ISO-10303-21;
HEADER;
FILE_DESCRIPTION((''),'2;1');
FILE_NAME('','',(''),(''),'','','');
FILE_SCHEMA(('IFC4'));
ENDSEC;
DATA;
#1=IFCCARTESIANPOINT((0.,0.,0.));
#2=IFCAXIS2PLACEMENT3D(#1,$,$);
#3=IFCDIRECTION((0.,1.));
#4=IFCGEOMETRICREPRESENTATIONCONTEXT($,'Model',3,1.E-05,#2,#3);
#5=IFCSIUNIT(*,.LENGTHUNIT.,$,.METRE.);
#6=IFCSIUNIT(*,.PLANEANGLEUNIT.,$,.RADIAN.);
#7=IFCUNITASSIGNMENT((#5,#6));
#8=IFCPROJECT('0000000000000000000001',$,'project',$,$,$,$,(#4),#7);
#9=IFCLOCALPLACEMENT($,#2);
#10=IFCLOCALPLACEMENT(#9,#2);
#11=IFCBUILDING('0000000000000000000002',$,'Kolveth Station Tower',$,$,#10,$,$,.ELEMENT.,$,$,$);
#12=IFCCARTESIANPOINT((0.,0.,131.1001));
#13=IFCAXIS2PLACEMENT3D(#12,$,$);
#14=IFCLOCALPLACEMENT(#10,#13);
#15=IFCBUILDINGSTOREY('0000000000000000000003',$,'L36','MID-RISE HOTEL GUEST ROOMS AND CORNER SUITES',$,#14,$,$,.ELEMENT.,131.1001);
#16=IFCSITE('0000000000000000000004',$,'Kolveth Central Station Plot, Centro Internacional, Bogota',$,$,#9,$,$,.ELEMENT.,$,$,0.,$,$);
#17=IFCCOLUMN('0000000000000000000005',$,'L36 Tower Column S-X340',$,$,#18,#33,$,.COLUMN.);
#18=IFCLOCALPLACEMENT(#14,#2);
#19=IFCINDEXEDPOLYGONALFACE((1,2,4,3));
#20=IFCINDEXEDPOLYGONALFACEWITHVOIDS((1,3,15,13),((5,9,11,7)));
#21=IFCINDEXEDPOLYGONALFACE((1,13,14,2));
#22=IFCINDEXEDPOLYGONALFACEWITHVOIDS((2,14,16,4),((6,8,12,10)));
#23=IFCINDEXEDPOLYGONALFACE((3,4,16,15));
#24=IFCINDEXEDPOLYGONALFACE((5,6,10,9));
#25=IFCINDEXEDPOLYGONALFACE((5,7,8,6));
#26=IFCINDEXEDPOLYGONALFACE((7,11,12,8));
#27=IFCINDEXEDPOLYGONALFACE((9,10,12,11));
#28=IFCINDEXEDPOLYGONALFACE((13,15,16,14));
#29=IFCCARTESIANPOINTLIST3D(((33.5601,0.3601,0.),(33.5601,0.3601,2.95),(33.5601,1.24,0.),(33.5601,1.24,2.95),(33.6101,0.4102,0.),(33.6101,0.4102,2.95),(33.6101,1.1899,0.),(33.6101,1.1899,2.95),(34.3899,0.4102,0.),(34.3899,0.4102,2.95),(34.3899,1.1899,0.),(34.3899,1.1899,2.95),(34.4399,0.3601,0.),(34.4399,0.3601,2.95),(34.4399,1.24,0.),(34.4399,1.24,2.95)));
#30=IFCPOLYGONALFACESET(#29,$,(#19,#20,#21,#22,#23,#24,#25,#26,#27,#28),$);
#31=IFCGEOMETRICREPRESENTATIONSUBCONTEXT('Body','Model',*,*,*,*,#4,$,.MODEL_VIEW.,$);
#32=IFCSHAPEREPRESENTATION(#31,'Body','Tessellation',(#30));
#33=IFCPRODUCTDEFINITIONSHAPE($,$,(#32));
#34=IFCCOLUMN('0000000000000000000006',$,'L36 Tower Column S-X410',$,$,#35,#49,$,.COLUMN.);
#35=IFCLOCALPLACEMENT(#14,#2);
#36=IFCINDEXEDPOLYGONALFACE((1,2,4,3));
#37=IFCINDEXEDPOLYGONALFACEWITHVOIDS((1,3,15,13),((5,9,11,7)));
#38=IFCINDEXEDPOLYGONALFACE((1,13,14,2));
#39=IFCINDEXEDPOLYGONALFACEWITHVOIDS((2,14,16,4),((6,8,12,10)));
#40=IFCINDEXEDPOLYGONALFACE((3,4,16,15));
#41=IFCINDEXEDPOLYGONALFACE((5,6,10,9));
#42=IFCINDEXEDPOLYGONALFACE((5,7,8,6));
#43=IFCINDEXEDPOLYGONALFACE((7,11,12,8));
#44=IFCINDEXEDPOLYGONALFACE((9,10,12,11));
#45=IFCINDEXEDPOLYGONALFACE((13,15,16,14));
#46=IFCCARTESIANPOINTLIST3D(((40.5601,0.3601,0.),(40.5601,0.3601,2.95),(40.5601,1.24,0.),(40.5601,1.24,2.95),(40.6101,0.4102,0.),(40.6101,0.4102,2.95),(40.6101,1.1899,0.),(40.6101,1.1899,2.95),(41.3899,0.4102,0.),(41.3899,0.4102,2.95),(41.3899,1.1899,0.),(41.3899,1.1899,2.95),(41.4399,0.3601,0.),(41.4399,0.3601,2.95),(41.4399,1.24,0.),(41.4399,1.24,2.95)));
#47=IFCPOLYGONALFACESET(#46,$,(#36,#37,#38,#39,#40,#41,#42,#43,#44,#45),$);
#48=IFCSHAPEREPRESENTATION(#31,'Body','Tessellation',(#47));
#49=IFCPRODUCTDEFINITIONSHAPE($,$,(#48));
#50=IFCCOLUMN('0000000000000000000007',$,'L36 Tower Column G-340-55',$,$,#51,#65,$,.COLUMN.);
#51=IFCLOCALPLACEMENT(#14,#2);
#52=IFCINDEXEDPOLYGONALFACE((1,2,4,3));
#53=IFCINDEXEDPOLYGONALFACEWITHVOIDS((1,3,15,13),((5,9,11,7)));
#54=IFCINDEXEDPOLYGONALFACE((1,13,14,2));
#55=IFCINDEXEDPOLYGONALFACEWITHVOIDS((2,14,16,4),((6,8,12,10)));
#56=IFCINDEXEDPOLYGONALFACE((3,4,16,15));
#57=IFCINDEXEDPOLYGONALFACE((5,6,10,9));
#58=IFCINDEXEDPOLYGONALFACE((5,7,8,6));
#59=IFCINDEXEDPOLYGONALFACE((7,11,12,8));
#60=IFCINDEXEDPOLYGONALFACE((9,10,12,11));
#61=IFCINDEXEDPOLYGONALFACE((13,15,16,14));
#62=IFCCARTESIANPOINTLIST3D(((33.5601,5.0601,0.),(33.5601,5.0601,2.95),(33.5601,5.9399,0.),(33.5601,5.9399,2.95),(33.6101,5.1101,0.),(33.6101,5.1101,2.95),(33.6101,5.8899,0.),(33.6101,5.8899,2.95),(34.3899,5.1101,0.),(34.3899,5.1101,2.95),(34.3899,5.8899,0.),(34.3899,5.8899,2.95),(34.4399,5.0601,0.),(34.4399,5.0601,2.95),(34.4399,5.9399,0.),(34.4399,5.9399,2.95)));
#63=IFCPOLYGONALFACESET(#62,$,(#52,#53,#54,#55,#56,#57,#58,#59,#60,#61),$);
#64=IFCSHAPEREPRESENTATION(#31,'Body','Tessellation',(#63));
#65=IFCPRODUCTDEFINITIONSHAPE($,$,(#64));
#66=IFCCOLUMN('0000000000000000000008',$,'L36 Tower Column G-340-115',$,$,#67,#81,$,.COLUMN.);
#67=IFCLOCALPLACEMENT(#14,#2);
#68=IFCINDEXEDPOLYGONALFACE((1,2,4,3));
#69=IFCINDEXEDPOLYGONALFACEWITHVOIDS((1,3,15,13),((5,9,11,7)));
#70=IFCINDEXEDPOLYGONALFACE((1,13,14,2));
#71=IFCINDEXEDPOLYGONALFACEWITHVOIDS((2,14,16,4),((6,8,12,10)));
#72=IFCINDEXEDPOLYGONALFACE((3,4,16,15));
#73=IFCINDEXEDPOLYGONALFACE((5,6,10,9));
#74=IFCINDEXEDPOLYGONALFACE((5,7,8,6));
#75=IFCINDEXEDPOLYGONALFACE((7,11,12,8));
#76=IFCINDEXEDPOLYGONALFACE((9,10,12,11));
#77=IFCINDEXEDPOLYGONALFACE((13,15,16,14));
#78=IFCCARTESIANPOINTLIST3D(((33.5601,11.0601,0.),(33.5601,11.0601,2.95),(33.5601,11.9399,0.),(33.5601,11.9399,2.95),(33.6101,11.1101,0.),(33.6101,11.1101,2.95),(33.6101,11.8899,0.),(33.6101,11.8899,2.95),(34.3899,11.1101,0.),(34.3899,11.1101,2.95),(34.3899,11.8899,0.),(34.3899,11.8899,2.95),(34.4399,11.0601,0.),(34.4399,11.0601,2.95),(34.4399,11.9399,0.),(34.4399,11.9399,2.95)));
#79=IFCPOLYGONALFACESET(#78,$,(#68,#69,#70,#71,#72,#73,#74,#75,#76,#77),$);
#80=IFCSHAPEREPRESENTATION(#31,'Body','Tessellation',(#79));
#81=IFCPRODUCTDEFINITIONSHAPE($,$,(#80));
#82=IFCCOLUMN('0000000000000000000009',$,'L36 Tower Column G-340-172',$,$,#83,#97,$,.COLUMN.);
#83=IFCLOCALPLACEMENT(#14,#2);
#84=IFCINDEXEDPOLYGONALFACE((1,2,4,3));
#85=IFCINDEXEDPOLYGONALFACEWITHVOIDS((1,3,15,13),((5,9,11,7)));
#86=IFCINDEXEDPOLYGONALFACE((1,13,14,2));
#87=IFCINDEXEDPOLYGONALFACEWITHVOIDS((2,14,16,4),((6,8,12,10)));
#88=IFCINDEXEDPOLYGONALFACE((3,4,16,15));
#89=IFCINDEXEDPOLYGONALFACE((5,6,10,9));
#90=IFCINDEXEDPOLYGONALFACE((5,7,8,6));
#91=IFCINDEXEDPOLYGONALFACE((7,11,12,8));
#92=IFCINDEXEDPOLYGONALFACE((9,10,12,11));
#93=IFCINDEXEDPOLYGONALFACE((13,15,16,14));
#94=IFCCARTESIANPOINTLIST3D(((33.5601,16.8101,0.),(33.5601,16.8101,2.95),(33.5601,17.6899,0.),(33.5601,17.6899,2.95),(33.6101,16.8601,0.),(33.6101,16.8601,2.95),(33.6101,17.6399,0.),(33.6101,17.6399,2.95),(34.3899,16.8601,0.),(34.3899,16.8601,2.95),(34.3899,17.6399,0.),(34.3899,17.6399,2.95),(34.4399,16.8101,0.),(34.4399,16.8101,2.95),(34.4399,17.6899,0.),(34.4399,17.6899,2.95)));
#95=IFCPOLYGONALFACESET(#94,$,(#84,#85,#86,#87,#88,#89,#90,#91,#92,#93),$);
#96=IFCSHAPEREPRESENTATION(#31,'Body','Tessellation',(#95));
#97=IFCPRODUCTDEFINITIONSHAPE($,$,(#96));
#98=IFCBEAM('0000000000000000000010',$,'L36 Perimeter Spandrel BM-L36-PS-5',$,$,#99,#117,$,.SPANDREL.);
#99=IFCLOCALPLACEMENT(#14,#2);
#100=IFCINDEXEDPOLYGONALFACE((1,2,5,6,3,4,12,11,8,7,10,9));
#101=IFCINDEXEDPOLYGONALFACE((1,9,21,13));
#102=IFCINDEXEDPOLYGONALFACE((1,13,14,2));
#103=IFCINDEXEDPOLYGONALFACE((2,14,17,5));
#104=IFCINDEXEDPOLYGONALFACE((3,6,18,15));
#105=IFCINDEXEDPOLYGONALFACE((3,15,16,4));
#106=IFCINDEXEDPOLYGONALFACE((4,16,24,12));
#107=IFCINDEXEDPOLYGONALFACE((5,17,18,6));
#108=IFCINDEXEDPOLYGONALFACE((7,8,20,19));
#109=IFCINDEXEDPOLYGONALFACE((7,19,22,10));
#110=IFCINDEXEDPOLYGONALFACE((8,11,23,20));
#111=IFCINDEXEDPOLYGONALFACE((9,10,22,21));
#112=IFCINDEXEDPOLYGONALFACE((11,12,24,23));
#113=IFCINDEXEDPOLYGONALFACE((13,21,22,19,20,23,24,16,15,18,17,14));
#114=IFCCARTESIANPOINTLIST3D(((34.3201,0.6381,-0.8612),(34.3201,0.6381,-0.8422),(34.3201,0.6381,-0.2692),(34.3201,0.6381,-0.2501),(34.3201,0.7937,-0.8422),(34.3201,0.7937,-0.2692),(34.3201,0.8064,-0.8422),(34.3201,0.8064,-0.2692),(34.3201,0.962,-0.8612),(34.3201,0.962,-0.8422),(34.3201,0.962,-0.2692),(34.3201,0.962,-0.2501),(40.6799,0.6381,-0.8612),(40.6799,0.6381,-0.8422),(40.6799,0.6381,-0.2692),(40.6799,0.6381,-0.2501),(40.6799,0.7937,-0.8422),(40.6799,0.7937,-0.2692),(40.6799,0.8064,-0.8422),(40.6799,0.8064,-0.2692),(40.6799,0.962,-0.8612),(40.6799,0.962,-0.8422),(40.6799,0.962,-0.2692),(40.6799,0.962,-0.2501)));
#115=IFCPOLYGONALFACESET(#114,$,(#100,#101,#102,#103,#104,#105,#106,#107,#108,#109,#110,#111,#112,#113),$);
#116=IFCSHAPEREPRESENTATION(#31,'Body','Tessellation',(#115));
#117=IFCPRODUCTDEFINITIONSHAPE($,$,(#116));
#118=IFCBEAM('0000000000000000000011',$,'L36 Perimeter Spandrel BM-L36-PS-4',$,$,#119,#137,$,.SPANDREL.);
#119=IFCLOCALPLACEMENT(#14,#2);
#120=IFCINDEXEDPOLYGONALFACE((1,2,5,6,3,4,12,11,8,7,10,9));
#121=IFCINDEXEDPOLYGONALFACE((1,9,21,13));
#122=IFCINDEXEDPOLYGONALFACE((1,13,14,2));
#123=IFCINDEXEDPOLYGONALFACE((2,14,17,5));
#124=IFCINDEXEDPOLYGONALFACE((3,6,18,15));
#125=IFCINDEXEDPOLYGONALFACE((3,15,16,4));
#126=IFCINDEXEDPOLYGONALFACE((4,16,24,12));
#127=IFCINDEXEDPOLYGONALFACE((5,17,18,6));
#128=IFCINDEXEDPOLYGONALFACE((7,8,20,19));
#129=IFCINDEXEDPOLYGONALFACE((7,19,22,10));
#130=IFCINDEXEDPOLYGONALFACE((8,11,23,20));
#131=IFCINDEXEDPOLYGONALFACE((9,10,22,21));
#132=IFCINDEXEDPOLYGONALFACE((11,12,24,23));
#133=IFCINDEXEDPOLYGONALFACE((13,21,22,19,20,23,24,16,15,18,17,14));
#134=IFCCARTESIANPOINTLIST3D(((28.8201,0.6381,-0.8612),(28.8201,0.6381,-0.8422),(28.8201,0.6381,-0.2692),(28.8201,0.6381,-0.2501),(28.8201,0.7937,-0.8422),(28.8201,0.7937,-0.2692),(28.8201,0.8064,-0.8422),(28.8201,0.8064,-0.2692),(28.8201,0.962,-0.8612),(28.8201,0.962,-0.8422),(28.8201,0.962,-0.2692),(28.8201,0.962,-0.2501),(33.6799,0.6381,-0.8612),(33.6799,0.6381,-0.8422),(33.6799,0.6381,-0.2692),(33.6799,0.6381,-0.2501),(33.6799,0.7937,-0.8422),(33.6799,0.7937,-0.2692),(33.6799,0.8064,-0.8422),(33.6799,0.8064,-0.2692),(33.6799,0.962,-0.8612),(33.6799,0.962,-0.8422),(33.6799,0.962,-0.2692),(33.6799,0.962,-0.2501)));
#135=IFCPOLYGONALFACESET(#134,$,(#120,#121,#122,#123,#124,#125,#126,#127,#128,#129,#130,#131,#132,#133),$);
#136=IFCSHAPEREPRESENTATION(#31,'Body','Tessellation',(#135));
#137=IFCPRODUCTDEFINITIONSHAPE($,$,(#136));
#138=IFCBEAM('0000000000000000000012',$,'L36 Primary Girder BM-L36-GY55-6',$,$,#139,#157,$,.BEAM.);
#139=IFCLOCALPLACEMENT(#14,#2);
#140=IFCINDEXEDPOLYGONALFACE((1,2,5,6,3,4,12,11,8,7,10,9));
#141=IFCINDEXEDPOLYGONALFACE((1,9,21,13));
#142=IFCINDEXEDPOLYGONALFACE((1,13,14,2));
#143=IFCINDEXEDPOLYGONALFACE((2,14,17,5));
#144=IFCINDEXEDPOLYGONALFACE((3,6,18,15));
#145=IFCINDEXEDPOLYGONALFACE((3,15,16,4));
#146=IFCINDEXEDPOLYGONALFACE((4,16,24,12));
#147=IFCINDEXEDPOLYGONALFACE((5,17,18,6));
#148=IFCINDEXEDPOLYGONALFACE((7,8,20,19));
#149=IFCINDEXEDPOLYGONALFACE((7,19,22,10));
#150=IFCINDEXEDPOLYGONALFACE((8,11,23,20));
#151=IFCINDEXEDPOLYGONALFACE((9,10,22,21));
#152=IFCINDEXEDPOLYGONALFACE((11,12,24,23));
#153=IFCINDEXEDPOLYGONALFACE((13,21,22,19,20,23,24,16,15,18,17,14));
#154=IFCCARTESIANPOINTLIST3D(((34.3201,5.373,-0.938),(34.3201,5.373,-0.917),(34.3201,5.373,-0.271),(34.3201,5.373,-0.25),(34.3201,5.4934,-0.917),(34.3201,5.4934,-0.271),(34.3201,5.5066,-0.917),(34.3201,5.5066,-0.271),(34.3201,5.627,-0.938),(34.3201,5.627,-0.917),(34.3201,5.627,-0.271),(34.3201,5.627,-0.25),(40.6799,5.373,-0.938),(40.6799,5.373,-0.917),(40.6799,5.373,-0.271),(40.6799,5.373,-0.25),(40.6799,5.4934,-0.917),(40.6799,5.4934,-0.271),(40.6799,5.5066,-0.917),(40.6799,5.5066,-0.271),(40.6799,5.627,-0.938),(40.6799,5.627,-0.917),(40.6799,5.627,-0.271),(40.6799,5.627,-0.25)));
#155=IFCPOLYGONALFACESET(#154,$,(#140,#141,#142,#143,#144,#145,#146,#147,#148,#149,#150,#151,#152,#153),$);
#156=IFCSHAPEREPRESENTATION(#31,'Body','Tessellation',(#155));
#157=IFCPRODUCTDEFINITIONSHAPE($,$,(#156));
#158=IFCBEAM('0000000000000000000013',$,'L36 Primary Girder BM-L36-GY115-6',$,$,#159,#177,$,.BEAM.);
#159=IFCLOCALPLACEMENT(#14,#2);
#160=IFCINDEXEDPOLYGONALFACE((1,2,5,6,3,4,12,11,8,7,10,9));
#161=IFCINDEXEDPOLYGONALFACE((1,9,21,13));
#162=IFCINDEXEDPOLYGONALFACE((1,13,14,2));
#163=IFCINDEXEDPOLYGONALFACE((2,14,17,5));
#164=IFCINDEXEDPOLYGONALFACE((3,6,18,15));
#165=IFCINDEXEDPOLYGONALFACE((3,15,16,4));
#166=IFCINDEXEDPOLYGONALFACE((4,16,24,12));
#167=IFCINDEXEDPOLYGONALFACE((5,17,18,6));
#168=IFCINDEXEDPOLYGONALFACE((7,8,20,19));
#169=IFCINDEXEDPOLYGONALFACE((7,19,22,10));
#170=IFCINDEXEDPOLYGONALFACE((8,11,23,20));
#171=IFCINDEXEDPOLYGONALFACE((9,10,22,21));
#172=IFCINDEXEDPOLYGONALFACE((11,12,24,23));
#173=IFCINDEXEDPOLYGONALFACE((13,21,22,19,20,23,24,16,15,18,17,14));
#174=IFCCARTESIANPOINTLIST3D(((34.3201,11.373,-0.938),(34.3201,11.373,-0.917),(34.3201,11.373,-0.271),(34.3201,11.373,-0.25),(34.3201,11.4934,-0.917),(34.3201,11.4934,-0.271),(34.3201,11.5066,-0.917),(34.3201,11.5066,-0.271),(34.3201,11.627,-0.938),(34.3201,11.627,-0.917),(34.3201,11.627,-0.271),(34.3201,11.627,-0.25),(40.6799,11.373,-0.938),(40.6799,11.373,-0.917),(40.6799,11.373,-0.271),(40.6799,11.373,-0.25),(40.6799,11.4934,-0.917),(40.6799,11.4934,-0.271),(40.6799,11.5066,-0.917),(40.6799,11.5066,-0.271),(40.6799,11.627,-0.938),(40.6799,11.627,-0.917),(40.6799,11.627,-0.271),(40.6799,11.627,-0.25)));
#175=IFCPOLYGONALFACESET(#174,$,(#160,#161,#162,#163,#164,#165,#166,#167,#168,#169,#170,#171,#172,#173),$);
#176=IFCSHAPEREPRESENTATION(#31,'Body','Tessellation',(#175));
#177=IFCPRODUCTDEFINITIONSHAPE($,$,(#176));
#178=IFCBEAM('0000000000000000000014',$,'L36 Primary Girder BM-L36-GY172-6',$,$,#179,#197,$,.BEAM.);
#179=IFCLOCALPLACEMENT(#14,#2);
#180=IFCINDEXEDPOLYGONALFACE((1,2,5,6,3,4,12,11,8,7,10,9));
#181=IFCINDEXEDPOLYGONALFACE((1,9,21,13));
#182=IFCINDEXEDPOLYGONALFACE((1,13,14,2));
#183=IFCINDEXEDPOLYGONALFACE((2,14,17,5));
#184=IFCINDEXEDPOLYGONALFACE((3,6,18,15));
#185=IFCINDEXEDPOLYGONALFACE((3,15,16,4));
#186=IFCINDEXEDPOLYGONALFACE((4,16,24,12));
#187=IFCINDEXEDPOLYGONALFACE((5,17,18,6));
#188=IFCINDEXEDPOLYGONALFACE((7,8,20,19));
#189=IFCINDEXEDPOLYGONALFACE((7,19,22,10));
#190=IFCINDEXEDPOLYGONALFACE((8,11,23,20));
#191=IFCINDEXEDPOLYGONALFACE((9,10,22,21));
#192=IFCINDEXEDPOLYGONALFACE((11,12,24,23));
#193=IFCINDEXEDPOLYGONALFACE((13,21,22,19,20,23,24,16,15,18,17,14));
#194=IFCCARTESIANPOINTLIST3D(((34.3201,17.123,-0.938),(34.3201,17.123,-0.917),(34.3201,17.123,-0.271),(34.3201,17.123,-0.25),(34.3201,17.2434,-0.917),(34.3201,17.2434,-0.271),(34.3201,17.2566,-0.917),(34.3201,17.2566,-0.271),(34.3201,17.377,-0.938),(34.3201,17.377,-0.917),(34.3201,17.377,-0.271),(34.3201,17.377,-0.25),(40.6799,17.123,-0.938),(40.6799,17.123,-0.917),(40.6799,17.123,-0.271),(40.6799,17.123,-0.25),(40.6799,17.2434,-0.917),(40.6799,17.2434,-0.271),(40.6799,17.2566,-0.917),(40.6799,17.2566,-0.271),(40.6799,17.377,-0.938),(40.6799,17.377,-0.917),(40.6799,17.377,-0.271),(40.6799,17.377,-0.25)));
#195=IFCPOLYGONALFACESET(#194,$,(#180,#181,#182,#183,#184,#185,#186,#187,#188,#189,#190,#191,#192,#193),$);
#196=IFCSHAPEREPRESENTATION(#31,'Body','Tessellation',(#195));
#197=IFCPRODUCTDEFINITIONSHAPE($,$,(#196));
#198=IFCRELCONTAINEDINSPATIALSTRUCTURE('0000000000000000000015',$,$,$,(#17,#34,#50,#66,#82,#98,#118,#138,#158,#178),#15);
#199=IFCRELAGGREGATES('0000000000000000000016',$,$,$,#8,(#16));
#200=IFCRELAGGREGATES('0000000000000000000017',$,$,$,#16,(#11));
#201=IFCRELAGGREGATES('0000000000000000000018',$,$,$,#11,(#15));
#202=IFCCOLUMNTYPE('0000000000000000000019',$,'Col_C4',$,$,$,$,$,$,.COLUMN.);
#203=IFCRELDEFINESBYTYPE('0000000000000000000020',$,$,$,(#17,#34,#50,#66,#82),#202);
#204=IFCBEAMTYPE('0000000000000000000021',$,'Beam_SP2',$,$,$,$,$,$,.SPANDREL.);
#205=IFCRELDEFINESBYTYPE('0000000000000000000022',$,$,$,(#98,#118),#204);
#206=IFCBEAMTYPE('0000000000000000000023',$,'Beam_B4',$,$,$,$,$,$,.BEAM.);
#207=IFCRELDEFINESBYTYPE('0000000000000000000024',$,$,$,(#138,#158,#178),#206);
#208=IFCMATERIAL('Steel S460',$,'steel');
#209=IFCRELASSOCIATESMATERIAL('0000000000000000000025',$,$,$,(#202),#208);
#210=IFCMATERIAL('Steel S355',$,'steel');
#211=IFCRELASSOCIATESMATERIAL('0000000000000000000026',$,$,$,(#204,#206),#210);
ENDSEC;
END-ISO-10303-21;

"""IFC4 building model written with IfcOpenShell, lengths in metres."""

from ifc_helpers import new_model, si_unit, direction, frame, origin, origin_2d, place, context, subcontext, project, spatial, hollow_rectangle, i_section, extrude, source, transform, mapped, material, material_profile, profile_set, type_object, element, save


model = new_model("IFC4")

# Units and contexts
model_context = context("Model", 3, precision=1e-05, world=origin(), true_north=direction((0.0, 1.0)))
body_context = subcontext(model_context, "Body", "Model", "MODEL_VIEW")
ifc_project = project(units=[si_unit("LENGTHUNIT", "METRE"), si_unit("PLANEANGLEUNIT", "RADIAN")], contexts=[model_context])

# Site, building, storey
site_placement = place(None, origin())
site = spatial("IfcSite", under=ifc_project, at=site_placement, Name="Kolveth Central Station Plot, Centro Internacional, Bogota", CompositionType="ELEMENT", RefElevation=0.0)
building_placement = place(site_placement, origin())
building = spatial("IfcBuilding", under=site, at=building_placement, Name="Kolveth Station Tower", CompositionType="ELEMENT")
storey_placement = place(building_placement, frame((0.0, 0.0, 131.1001)))
storey = spatial("IfcBuildingStorey", under=building, at=storey_placement, Name="L36", Description="MID-RISE HOTEL GUEST ROOMS AND CORNER SUITES", CompositionType="ELEMENT", Elevation=131.1001)

# Columns
ifc_material_1 = material(Name="Steel S460", Category="steel")
ifc_material_profile_1 = material_profile(ifc_material_1, hollow_rectangle(XDim=0.8799, YDim=0.8799, WallThickness=0.05, at=origin_2d()), Name="BOX880x880x50")
ifc_profile_set_1 = profile_set([ifc_material_profile_1], Name="Steel S460")
column_type = type_object("IfcColumnType", Name="Col_C4", PredefinedType="COLUMN", material=ifc_profile_set_1)
shared_shape_1 = source(origin(), body_context, "Body", "SweptSolid", [
    extrude(hollow_rectangle(XDim=0.8799, YDim=0.8799, WallThickness=0.05, at=origin_2d()), origin(), (0.0, 0.0, 1.0), 2.95),
])
for number, where, z_axis, x_axis, name in (
    (1, (34.0, 0.8, 0.0), (0.0, 0.0, 1.0), (1.0, 0.0, 0.0), "L36 Tower Column S-X340"),
    (2, (41.0, 0.8, 0.0), (0.0, 0.0, 1.0), (1.0, 0.0, 0.0), "L36 Tower Column S-X410"),
    (3, (34.0, 5.5, 0.0), (0.0, 0.0, 1.0), (1.0, 0.0, 0.0), "L36 Tower Column G-340-55"),
    (4, (34.0, 11.5, 0.0), (0.0, 0.0, 1.0), (1.0, 0.0, 0.0), "L36 Tower Column G-340-115"),
    (5, (34.0, 17.25, 0.0), (0.0, 0.0, 1.0), (1.0, 0.0, 0.0), "L36 Tower Column G-340-172"),
):
    element("IfcColumn", number, at=place(storey_placement, frame(where, z_axis=z_axis, x_axis=x_axis)), inside=storey, type_object=column_type, Name=name, PredefinedType="COLUMN", context=body_context, shape_type="MappedRepresentation", body=[
        mapped(shared_shape_1, transform((0.0, 0.0, 0.0), x_axis=(1.0, 0.0, 0.0), y_axis=(0.0, 1.0, 0.0), z_axis=(0.0, 0.0, 1.0), scale=1.0)),
    ])

# Beams
ifc_material_2 = material(Name="Steel S355", Category="steel")
ifc_material_profile_2 = material_profile(ifc_material_2, i_section(OverallWidth=0.324, OverallDepth=0.6111, WebThickness=0.0127, FlangeThickness=0.019, at=origin_2d()), Name="W610x155")
ifc_profile_set_2 = profile_set([ifc_material_profile_2], Name="Steel S355")
beam_type_1 = type_object("IfcBeamType", Name="Beam_SP2", PredefinedType="SPANDREL", material=ifc_profile_set_2)
shared_shape_2 = source(origin(), body_context, "Body", "SweptSolid", [
    extrude(i_section(OverallWidth=0.324, OverallDepth=0.6111, WebThickness=0.0127, FlangeThickness=0.019, at=origin_2d()), origin(), (0.0, 0.0, 1.0), 6.3599),
])
beam_1_placement = place(storey_placement, frame((34.3201, 0.8, -0.5557), z_axis=(1.0, 0.0, 0.0), x_axis=(0.0, 1.0, 0.0)))
element("IfcBeam", 6, at=beam_1_placement, inside=storey, type_object=beam_type_1, Name="L36 Perimeter Spandrel BM-L36-PS-5", PredefinedType="SPANDREL", context=body_context, shape_type="MappedRepresentation", body=[
    mapped(shared_shape_2, transform((0.0, 0.0, 0.0), x_axis=(1.0, 0.0, 0.0), y_axis=(0.0, 1.0, 0.0), z_axis=(0.0, 0.0, 1.0), scale=1.0)),
])
shared_shape_3 = source(origin(), body_context, "Body", "SweptSolid", [
    extrude(i_section(OverallWidth=0.324, OverallDepth=0.6111, WebThickness=0.0127, FlangeThickness=0.019, at=origin_2d()), origin(), (0.0, 0.0, 1.0), 4.8599),
])
beam_2_placement = place(storey_placement, frame((28.8201, 0.8, -0.5557), z_axis=(1.0, 0.0, 0.0), x_axis=(0.0, 1.0, 0.0)))
element("IfcBeam", 7, at=beam_2_placement, inside=storey, type_object=beam_type_1, Name="L36 Perimeter Spandrel BM-L36-PS-4", PredefinedType="SPANDREL", context=body_context, shape_type="MappedRepresentation", body=[
    mapped(shared_shape_3, transform((0.0, 0.0, 0.0), x_axis=(1.0, 0.0, 0.0), y_axis=(0.0, 1.0, 0.0), z_axis=(0.0, 0.0, 1.0), scale=1.0)),
])
ifc_material_profile_3 = material_profile(ifc_material_2, i_section(OverallWidth=0.2539, OverallDepth=0.688, WebThickness=0.0132, FlangeThickness=0.021, at=origin_2d()), Name="W690x152")
ifc_profile_set_3 = profile_set([ifc_material_profile_3], Name="Steel S355")
beam_type_2 = type_object("IfcBeamType", Name="Beam_B4", PredefinedType="BEAM", material=ifc_profile_set_3)
shared_shape_4 = source(origin(), body_context, "Body", "SweptSolid", [
    extrude(i_section(OverallWidth=0.2539, OverallDepth=0.688, WebThickness=0.0132, FlangeThickness=0.021, at=origin_2d()), origin(), (0.0, 0.0, 1.0), 6.3599),
])
for number, where, z_axis, x_axis, name in (
    (8, (34.3201, 5.5, -0.594), (1.0, 0.0, 0.0), (0.0, 1.0, 0.0), "L36 Primary Girder BM-L36-GY55-6"),
    (9, (34.3201, 11.5, -0.594), (1.0, 0.0, 0.0), (0.0, 1.0, 0.0), "L36 Primary Girder BM-L36-GY115-6"),
    (10, (34.3201, 17.25, -0.594), (1.0, 0.0, 0.0), (0.0, 1.0, 0.0), "L36 Primary Girder BM-L36-GY172-6"),
):
    element("IfcBeam", number, at=place(storey_placement, frame(where, z_axis=z_axis, x_axis=x_axis)), inside=storey, type_object=beam_type_2, Name=name, PredefinedType="BEAM", context=body_context, shape_type="MappedRepresentation", body=[
        mapped(shared_shape_4, transform((0.0, 0.0, 0.0), x_axis=(1.0, 0.0, 0.0), y_axis=(0.0, 1.0, 0.0), z_axis=(0.0, 0.0, 1.0), scale=1.0)),
    ])

save(model, "model.ifc")
